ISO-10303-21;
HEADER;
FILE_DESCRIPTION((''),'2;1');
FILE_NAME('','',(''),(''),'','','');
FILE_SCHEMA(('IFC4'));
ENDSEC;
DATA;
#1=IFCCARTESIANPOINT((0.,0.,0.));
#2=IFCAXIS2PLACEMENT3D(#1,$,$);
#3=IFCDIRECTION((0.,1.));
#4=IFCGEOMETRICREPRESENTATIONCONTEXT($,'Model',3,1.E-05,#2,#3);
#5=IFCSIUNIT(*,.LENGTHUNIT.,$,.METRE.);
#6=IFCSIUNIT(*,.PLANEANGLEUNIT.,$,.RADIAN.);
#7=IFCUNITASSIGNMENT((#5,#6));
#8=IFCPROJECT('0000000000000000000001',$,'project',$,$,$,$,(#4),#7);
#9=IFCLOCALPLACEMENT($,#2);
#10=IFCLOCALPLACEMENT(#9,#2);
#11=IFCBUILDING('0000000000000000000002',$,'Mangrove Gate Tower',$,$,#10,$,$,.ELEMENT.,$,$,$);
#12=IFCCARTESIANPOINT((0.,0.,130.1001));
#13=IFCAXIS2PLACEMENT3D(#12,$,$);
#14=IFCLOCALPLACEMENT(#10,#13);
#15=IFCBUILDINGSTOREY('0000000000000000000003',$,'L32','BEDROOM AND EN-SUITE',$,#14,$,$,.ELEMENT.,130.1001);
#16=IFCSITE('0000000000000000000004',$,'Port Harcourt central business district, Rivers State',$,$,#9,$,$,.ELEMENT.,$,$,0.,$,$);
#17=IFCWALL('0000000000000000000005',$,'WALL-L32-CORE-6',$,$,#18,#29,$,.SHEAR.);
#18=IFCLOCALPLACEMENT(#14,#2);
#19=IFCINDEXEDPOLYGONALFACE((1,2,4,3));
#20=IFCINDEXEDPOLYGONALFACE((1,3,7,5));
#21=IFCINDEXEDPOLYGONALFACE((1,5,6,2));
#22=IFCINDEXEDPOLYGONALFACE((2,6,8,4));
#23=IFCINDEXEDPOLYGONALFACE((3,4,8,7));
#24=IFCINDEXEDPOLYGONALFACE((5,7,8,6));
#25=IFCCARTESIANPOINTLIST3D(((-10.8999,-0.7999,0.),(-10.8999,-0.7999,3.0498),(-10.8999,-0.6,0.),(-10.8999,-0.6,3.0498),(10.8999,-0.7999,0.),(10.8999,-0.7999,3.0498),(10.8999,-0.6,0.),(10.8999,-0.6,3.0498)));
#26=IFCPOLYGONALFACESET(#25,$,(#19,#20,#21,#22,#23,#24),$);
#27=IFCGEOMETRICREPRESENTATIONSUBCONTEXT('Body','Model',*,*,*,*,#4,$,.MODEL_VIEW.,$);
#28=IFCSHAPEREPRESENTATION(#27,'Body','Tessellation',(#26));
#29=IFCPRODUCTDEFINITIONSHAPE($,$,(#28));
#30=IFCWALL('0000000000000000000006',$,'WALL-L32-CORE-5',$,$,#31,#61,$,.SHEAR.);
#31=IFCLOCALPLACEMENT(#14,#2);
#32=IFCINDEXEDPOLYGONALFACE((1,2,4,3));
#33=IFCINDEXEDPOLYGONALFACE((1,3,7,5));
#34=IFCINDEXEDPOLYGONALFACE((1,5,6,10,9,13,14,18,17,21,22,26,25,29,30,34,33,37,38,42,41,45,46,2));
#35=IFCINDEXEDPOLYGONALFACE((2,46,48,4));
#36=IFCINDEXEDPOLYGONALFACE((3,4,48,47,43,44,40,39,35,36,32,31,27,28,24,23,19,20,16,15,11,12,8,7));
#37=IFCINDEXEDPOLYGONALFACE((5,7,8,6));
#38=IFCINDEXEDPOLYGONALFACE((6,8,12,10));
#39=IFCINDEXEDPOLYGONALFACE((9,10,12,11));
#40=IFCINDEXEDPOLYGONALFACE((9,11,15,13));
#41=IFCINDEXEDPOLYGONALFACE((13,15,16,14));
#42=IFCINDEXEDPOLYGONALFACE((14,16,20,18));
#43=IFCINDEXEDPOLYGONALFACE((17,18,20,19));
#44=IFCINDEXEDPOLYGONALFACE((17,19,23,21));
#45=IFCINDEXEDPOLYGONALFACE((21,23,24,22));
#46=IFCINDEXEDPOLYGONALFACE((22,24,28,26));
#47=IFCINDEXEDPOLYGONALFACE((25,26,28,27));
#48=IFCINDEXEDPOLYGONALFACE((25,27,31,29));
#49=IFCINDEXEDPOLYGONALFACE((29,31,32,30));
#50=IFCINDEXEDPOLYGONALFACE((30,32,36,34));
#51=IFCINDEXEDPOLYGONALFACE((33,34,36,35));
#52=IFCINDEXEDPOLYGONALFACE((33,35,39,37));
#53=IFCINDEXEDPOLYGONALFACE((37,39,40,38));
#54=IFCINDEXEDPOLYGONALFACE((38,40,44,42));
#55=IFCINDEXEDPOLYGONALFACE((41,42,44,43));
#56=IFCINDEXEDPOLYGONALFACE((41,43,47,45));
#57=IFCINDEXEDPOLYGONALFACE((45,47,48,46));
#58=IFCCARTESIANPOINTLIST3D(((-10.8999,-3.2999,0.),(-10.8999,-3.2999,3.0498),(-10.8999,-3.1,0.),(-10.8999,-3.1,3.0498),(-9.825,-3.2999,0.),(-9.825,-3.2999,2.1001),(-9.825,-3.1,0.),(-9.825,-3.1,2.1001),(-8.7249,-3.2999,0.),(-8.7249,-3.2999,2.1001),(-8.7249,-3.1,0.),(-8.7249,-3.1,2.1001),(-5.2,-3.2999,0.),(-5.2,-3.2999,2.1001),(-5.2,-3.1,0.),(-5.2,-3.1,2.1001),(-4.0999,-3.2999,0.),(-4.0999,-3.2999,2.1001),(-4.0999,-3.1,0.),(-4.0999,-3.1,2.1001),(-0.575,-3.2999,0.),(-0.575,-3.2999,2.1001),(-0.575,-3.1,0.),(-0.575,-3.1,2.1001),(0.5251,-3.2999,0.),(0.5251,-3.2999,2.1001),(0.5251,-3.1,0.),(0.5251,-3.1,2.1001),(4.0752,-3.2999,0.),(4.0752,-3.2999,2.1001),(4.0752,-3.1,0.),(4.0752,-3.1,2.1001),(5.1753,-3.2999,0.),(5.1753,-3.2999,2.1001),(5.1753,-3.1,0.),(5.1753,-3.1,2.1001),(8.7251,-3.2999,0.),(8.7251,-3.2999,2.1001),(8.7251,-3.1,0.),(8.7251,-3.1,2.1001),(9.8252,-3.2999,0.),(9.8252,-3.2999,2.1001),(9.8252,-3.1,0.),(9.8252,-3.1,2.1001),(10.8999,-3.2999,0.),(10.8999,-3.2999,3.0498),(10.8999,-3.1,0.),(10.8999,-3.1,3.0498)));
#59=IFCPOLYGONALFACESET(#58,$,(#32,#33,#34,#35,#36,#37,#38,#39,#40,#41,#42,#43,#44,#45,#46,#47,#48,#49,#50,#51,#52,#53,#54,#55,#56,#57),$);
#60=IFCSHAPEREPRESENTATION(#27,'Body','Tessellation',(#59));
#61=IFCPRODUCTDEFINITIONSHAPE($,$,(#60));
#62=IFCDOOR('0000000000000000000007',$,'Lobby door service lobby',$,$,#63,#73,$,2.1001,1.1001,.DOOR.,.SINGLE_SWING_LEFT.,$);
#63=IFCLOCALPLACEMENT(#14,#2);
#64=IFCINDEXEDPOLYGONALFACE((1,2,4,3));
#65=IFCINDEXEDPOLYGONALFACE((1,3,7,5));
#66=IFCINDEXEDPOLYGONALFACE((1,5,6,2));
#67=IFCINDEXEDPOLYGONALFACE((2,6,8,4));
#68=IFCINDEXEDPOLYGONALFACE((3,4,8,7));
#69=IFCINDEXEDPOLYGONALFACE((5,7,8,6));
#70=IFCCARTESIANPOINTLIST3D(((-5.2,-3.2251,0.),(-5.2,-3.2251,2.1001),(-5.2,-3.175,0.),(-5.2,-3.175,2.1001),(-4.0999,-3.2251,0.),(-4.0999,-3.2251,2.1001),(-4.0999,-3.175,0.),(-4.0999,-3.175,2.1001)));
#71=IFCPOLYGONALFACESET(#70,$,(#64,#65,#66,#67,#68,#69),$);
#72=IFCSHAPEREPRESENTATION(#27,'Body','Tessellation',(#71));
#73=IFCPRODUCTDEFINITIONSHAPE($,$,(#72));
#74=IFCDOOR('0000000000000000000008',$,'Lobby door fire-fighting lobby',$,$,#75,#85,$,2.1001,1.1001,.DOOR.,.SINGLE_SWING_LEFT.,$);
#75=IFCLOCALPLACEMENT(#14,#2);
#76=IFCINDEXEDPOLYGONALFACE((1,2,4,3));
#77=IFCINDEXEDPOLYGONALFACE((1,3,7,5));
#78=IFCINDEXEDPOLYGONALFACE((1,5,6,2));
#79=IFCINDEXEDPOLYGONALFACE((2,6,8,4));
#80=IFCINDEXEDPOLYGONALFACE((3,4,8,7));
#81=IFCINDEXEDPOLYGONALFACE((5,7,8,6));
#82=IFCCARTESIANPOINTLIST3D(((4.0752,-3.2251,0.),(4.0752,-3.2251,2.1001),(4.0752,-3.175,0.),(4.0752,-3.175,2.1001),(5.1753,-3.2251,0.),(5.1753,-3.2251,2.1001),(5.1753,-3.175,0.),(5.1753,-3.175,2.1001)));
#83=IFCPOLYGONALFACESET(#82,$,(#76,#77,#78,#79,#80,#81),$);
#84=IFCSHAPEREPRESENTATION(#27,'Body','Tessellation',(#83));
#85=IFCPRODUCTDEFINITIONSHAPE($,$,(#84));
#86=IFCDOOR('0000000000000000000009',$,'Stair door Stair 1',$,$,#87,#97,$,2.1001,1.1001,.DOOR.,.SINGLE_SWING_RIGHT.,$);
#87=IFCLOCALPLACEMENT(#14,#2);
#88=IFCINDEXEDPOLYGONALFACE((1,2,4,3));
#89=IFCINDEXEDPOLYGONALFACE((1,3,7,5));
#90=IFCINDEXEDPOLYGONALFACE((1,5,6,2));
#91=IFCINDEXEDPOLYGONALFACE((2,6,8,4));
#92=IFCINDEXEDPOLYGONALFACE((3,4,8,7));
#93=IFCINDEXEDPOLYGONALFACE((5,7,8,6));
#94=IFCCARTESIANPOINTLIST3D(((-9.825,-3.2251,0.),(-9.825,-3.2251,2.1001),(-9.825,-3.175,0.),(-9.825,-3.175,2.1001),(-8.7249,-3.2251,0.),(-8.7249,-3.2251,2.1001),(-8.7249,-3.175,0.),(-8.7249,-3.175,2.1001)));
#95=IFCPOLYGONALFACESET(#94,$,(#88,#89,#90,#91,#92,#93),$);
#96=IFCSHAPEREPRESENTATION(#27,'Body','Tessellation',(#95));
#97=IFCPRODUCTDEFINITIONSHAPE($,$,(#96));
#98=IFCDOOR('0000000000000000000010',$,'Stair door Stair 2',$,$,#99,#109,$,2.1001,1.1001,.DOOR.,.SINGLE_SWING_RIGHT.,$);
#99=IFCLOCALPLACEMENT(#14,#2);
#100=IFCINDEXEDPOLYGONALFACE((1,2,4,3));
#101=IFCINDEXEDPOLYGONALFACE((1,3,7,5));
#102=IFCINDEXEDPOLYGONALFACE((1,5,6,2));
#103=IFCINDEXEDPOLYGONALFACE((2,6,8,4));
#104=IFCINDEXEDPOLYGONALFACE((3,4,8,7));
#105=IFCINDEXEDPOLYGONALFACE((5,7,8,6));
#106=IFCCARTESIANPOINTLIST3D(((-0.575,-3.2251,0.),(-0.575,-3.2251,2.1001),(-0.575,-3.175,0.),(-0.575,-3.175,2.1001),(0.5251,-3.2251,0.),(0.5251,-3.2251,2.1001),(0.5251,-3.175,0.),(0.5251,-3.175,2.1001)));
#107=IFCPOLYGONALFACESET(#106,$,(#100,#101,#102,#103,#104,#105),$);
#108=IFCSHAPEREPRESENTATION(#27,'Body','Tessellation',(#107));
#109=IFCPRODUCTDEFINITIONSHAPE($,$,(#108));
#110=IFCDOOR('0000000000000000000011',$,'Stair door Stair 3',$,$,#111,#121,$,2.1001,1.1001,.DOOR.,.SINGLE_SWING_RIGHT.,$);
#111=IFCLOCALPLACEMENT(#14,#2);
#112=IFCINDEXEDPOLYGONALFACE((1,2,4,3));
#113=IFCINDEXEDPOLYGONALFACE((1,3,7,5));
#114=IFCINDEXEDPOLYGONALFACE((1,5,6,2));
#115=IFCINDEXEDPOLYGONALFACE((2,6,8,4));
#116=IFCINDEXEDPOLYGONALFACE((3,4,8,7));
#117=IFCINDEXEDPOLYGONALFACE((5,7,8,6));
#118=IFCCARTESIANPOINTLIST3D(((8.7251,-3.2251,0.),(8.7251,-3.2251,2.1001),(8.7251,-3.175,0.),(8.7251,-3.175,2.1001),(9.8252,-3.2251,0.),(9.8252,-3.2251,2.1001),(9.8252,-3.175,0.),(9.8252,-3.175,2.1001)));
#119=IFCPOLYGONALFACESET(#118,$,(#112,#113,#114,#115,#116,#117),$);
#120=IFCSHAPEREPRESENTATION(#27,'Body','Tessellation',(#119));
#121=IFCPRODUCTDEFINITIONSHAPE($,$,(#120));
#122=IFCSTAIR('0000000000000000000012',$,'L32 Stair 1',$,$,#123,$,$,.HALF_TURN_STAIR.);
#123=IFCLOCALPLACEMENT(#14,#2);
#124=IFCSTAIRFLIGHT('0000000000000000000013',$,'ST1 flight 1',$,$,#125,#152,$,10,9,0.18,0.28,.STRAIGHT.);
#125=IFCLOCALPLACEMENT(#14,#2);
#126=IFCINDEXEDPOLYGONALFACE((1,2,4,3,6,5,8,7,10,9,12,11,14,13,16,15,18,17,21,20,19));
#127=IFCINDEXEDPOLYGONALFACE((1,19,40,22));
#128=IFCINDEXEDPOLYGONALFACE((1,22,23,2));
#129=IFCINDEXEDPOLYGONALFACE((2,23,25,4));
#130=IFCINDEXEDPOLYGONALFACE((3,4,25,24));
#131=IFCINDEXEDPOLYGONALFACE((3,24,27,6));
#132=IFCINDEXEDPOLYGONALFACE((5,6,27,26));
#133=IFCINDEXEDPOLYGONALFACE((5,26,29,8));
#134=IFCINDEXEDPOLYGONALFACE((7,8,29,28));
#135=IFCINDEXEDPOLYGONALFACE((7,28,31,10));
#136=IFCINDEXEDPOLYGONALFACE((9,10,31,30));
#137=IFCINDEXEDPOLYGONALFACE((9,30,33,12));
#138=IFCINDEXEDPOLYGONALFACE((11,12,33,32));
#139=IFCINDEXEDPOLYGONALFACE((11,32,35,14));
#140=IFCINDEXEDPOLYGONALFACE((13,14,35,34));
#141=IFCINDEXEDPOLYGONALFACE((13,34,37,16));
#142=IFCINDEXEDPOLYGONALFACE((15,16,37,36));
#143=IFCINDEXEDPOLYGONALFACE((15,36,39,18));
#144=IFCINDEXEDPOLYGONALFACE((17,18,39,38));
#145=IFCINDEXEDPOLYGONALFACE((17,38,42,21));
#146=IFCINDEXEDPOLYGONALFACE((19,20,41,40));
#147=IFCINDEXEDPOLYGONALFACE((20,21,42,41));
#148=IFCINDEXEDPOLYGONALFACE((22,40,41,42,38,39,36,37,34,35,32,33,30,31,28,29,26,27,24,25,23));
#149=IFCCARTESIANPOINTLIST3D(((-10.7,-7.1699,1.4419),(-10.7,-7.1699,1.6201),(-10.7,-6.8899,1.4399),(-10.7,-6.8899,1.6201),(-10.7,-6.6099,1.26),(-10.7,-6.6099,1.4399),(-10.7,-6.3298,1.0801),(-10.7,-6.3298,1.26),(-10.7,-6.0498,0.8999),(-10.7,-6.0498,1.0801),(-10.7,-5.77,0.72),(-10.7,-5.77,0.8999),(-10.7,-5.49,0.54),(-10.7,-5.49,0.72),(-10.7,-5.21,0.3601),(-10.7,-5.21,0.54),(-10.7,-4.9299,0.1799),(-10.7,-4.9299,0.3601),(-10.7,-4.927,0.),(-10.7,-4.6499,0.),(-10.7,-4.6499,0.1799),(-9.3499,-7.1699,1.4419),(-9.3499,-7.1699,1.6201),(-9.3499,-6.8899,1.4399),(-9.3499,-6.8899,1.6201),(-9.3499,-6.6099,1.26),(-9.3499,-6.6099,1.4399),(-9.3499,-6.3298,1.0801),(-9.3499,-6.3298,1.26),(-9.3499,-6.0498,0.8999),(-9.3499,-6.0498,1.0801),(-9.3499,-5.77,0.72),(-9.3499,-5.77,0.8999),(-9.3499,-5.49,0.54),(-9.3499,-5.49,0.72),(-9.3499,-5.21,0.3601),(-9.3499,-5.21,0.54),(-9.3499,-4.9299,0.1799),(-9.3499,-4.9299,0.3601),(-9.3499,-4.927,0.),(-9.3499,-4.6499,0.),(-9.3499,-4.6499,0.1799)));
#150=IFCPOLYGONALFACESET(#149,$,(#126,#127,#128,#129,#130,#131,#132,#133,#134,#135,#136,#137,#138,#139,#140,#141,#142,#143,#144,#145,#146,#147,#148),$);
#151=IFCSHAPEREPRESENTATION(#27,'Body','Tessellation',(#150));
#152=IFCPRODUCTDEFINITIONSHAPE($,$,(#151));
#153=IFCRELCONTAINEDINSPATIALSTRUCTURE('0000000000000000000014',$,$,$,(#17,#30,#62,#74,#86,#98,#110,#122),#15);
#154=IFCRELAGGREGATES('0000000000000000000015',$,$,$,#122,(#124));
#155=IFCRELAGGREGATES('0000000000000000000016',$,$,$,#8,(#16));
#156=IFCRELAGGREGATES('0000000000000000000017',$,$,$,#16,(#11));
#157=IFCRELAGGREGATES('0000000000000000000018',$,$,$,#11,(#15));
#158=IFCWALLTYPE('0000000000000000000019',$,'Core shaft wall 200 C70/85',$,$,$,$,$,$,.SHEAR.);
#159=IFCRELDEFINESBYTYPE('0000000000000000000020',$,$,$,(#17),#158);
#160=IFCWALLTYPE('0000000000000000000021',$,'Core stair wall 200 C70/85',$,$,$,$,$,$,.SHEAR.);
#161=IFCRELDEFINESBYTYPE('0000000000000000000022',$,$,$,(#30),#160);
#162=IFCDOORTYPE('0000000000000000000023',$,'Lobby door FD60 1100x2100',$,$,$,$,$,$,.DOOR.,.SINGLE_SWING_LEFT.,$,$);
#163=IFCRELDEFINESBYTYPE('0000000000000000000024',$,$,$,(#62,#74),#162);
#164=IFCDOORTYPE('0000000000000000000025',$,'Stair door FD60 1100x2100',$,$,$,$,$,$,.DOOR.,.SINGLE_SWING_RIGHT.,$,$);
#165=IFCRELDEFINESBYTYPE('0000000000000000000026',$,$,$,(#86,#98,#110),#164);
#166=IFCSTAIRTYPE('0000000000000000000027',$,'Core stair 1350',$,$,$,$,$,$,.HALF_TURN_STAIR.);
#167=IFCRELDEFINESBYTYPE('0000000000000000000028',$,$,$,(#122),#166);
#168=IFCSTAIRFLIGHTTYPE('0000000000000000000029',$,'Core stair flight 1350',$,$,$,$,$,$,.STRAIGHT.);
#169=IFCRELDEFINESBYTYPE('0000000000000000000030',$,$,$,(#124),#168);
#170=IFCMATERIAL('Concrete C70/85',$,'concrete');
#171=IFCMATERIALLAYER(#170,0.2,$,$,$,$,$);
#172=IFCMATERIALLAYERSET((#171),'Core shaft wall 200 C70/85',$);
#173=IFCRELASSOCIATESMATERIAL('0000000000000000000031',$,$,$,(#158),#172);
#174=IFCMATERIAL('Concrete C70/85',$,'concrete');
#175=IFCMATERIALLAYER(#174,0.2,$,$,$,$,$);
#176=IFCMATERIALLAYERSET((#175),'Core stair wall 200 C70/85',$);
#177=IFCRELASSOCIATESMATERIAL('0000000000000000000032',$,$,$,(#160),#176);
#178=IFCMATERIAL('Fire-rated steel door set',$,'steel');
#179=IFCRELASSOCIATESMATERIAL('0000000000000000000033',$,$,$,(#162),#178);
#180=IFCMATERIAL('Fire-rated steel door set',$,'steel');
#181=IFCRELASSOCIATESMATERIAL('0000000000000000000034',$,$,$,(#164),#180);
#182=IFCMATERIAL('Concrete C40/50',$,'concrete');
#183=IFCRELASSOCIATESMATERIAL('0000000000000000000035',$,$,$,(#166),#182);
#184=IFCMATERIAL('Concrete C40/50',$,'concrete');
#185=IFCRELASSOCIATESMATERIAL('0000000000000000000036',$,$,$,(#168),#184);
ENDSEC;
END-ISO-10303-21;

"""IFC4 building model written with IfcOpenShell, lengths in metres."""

from ifc_helpers import new_model, si_unit, direction, frame, frame_2d, origin, place, context, subcontext, project, spatial, polyline, rectangle, outline, extrude, material, layer, layer_set, type_object, element, fill, aggregate, save


model = new_model("IFC4")

# Units and contexts
model_context = context("Model", 3, precision=1e-05, world=origin(), true_north=direction((0.0, 1.0)))
body_context = subcontext(model_context, "Body", "Model", "MODEL_VIEW")
ifc_project = project(units=[si_unit("LENGTHUNIT", "METRE"), si_unit("PLANEANGLEUNIT", "RADIAN")], contexts=[model_context])

# Site, building, storey
site_placement = place(None, origin())
site = spatial("IfcSite", under=ifc_project, at=site_placement, Name="Port Harcourt central business district, Rivers State", CompositionType="ELEMENT", RefElevation=0.0)
building_placement = place(site_placement, origin())
building = spatial("IfcBuilding", under=site, at=building_placement, Name="Mangrove Gate Tower", CompositionType="ELEMENT")
storey_placement = place(building_placement, frame((0.0, 0.0, 130.1001)))
storey = spatial("IfcBuildingStorey", under=building, at=storey_placement, Name="L32", Description="BEDROOM AND EN-SUITE", CompositionType="ELEMENT", Elevation=130.1001)

# Wall
ifc_material_1 = material(Name="Concrete C70/85", Category="concrete")
ifc_layer_1 = layer(ifc_material_1, 0.2)
ifc_layer_set_1 = layer_set([ifc_layer_1], Name="Core shaft wall 200 C70/85")
wall_type_1 = type_object("IfcWallType", Name="Core shaft wall 200 C70/85", PredefinedType="SHEAR", material=ifc_layer_set_1)
wall_1_placement = place(storey_placement, frame((-10.8999, -0.7, 0.0), z_axis=(0.0, 0.0, 1.0), x_axis=(1.0, 0.0, 0.0)))
element("IfcWall", 1, at=wall_1_placement, inside=storey, type_object=wall_type_1, Name="WALL-L32-CORE-6", PredefinedType="SHEAR", context=body_context, shape_type="SweptSolid", body=[
    extrude(rectangle(XDim=21.7998, YDim=0.2, at=frame_2d((10.8999, 0.0))), origin(), (0.0, 0.0, 1.0), 3.0498),
])

# Wall, openings, doors
ifc_material_2 = material(Name="Concrete C70/85", Category="concrete")
ifc_layer_2 = layer(ifc_material_2, 0.2)
ifc_layer_set_2 = layer_set([ifc_layer_2], Name="Core stair wall 200 C70/85")
wall_type_2 = type_object("IfcWallType", Name="Core stair wall 200 C70/85", PredefinedType="SHEAR", material=ifc_layer_set_2)
wall_2_placement = place(storey_placement, frame((-10.8999, -3.2, 0.0), z_axis=(0.0, 0.0, 1.0), x_axis=(1.0, 0.0, 0.0)))
wall_2 = element("IfcWall", 2, at=wall_2_placement, inside=storey, type_object=wall_type_2, Name="WALL-L32-CORE-5", PredefinedType="SHEAR", context=body_context, shape_type="SweptSolid", body=[
    extrude(rectangle(XDim=21.7998, YDim=0.2, at=frame_2d((10.8999, 0.0))), origin(), (0.0, 0.0, 1.0), 3.0498),
])
opening_1_placement = place(wall_2_placement, frame((1.075, 0.0, 0.0)))
opening_1 = element("IfcOpeningElement", 3, at=opening_1_placement, cuts=wall_2, PredefinedType="OPENING", context=body_context, shape_type="SweptSolid", body=[
    extrude(rectangle(XDim=1.1001, YDim=2.1001, at=frame_2d((0.55, 1.05))), frame((0.0, 0.1099, 0.0), z_axis=(0.0, -1.0, 0.0), x_axis=(1.0, 0.0, 0.0)), (0.0, 0.0, 1.0), 0.22),
])
opening_2_placement = place(wall_2_placement, frame((10.325, 0.0, 0.0)))
opening_2 = element("IfcOpeningElement", 4, at=opening_2_placement, cuts=wall_2, PredefinedType="OPENING", context=body_context, shape_type="SweptSolid", body=[
    extrude(rectangle(XDim=1.1001, YDim=2.1001, at=frame_2d((0.55, 1.05))), frame((0.0, 0.1099, 0.0), z_axis=(0.0, -1.0, 0.0), x_axis=(1.0, 0.0, 0.0)), (0.0, 0.0, 1.0), 0.22),
])
opening_3_placement = place(wall_2_placement, frame((19.625, 0.0, 0.0)))
opening_3 = element("IfcOpeningElement", 5, at=opening_3_placement, cuts=wall_2, PredefinedType="OPENING", context=body_context, shape_type="SweptSolid", body=[
    extrude(rectangle(XDim=1.1001, YDim=2.1001, at=frame_2d((0.55, 1.05))), frame((0.0, 0.1099, 0.0), z_axis=(0.0, -1.0, 0.0), x_axis=(1.0, 0.0, 0.0)), (0.0, 0.0, 1.0), 0.22),
])
opening_4_placement = place(wall_2_placement, frame((5.7, 0.0, 0.0)))
opening_4 = element("IfcOpeningElement", 6, at=opening_4_placement, cuts=wall_2, PredefinedType="OPENING", context=body_context, shape_type="SweptSolid", body=[
    extrude(rectangle(XDim=1.1001, YDim=2.1001, at=frame_2d((0.55, 1.05))), frame((0.0, 0.1099, 0.0), z_axis=(0.0, -1.0, 0.0), x_axis=(1.0, 0.0, 0.0)), (0.0, 0.0, 1.0), 0.22),
])
opening_5_placement = place(wall_2_placement, frame((14.9751, 0.0, 0.0)))
opening_5 = element("IfcOpeningElement", 7, at=opening_5_placement, cuts=wall_2, PredefinedType="OPENING", context=body_context, shape_type="SweptSolid", body=[
    extrude(rectangle(XDim=1.1001, YDim=2.1001, at=frame_2d((0.55, 1.05))), frame((0.0, 0.1099, 0.0), z_axis=(0.0, -1.0, 0.0), x_axis=(1.0, 0.0, 0.0)), (0.0, 0.0, 1.0), 0.22),
])
ifc_material_3 = material(Name="Fire-rated steel door set", Category="steel")
door_type_1 = type_object("IfcDoorType", Name="Lobby door FD60 1100x2100", OperationType="SINGLE_SWING_LEFT", PredefinedType="DOOR", material=ifc_material_3)
door_1_placement = place(opening_4_placement, origin())
door_1 = element("IfcDoor", 8, at=door_1_placement, inside=storey, type_object=door_type_1, Name="Lobby door service lobby", OperationType="SINGLE_SWING_LEFT", OverallHeight=2.1001, OverallWidth=1.1001, PredefinedType="DOOR", context=body_context, shape_type="SweptSolid", body=[
    extrude(rectangle(XDim=1.1001, YDim=2.1001, at=frame_2d((0.55, 1.05))), frame((0.0, 0.0249, 0.0), z_axis=(0.0, -1.0, 0.0), x_axis=(1.0, 0.0, 0.0)), (0.0, 0.0, 1.0), 0.05),
])
fill(opening_4, door_1)
door_2_placement = place(opening_5_placement, origin())
door_2 = element("IfcDoor", 9, at=door_2_placement, inside=storey, type_object=door_type_1, Name="Lobby door fire-fighting lobby", OperationType="SINGLE_SWING_LEFT", OverallHeight=2.1001, OverallWidth=1.1001, PredefinedType="DOOR", context=body_context, shape_type="SweptSolid", body=[
    extrude(rectangle(XDim=1.1001, YDim=2.1001, at=frame_2d((0.55, 1.05))), frame((0.0, 0.0249, 0.0), z_axis=(0.0, -1.0, 0.0), x_axis=(1.0, 0.0, 0.0)), (0.0, 0.0, 1.0), 0.05),
])
fill(opening_5, door_2)
ifc_material_4 = material(Name="Fire-rated steel door set", Category="steel")
door_type_2 = type_object("IfcDoorType", Name="Stair door FD60 1100x2100", OperationType="SINGLE_SWING_RIGHT", PredefinedType="DOOR", material=ifc_material_4)
door_3_placement = place(opening_1_placement, origin())
door_3 = element("IfcDoor", 10, at=door_3_placement, inside=storey, type_object=door_type_2, Name="Stair door Stair 1", OperationType="SINGLE_SWING_RIGHT", OverallHeight=2.1001, OverallWidth=1.1001, PredefinedType="DOOR", context=body_context, shape_type="SweptSolid", body=[
    extrude(rectangle(XDim=1.1001, YDim=2.1001, at=frame_2d((0.55, 1.05))), frame((0.0, 0.0249, 0.0), z_axis=(0.0, -1.0, 0.0), x_axis=(1.0, 0.0, 0.0)), (0.0, 0.0, 1.0), 0.05),
])
fill(opening_1, door_3)
door_4_placement = place(opening_2_placement, origin())
door_4 = element("IfcDoor", 11, at=door_4_placement, inside=storey, type_object=door_type_2, Name="Stair door Stair 2", OperationType="SINGLE_SWING_RIGHT", OverallHeight=2.1001, OverallWidth=1.1001, PredefinedType="DOOR", context=body_context, shape_type="SweptSolid", body=[
    extrude(rectangle(XDim=1.1001, YDim=2.1001, at=frame_2d((0.55, 1.05))), frame((0.0, 0.0249, 0.0), z_axis=(0.0, -1.0, 0.0), x_axis=(1.0, 0.0, 0.0)), (0.0, 0.0, 1.0), 0.05),
])
fill(opening_2, door_4)
door_5_placement = place(opening_3_placement, origin())
door_5 = element("IfcDoor", 12, at=door_5_placement, inside=storey, type_object=door_type_2, Name="Stair door Stair 3", OperationType="SINGLE_SWING_RIGHT", OverallHeight=2.1001, OverallWidth=1.1001, PredefinedType="DOOR", context=body_context, shape_type="SweptSolid", body=[
    extrude(rectangle(XDim=1.1001, YDim=2.1001, at=frame_2d((0.55, 1.05))), frame((0.0, 0.0249, 0.0), z_axis=(0.0, -1.0, 0.0), x_axis=(1.0, 0.0, 0.0)), (0.0, 0.0, 1.0), 0.05),
])
fill(opening_3, door_5)

# Stair, stair flight
ifc_material_5 = material(Name="Concrete C40/50", Category="concrete")
stair_type = type_object("IfcStairType", Name="Core stair 1350", PredefinedType="HALF_TURN_STAIR", material=ifc_material_5)
stair_1_placement = place(storey_placement, origin())
stair_1 = element("IfcStair", 13, at=stair_1_placement, inside=storey, type_object=stair_type, Name="L32 Stair 1", PredefinedType="HALF_TURN_STAIR")
ifc_material_6 = material(Name="Concrete C40/50", Category="concrete")
stair_flight_type = type_object("IfcStairFlightType", Name="Core stair flight 1350", PredefinedType="STRAIGHT", material=ifc_material_6)
stair_flight_1_placement = place(storey_placement, frame((-10.0249, -4.6499, 0.0), z_axis=(0.0, 0.0, 1.0), x_axis=(0.0, -1.0, 0.0)))
stair_flight_1 = element("IfcStairFlight", 14, at=stair_flight_1_placement, type_object=stair_flight_type, Name="ST1 flight 1", NumberOfRisers=10, NumberOfTreads=9, PredefinedType="STRAIGHT", RiserHeight=0.18, TreadLength=0.28, context=body_context, shape_type="SweptSolid", body=[
    extrude(outline(polyline([(0.0, 0.0), (0.0, 0.1799), (0.28, 0.1799), (0.28, 0.3601), (0.5601, 0.3601), (0.5601, 0.54), (0.8401, 0.54), (0.8401, 0.72), (1.1201, 0.72), (1.1201, 0.8999), (1.3999, 0.8999), (1.3999, 1.0801), (1.6799, 1.0801), (1.6799, 1.26), (1.96, 1.26), (1.96, 1.4399), (2.24, 1.4399), (2.24, 1.6201), (2.52, 1.6201), (2.52, 1.8), (2.52, 1.4419), (0.2771, 0.0), (0.0, 0.0)])), frame((0.0, 0.675, 0.0), z_axis=(0.0, -1.0, 0.0), x_axis=(1.0, 0.0, 0.0)), (0.0, 0.0, 1.0), 1.3501),
])
aggregate(stair_1, [stair_flight_1])

save(model, "model.ifc")
